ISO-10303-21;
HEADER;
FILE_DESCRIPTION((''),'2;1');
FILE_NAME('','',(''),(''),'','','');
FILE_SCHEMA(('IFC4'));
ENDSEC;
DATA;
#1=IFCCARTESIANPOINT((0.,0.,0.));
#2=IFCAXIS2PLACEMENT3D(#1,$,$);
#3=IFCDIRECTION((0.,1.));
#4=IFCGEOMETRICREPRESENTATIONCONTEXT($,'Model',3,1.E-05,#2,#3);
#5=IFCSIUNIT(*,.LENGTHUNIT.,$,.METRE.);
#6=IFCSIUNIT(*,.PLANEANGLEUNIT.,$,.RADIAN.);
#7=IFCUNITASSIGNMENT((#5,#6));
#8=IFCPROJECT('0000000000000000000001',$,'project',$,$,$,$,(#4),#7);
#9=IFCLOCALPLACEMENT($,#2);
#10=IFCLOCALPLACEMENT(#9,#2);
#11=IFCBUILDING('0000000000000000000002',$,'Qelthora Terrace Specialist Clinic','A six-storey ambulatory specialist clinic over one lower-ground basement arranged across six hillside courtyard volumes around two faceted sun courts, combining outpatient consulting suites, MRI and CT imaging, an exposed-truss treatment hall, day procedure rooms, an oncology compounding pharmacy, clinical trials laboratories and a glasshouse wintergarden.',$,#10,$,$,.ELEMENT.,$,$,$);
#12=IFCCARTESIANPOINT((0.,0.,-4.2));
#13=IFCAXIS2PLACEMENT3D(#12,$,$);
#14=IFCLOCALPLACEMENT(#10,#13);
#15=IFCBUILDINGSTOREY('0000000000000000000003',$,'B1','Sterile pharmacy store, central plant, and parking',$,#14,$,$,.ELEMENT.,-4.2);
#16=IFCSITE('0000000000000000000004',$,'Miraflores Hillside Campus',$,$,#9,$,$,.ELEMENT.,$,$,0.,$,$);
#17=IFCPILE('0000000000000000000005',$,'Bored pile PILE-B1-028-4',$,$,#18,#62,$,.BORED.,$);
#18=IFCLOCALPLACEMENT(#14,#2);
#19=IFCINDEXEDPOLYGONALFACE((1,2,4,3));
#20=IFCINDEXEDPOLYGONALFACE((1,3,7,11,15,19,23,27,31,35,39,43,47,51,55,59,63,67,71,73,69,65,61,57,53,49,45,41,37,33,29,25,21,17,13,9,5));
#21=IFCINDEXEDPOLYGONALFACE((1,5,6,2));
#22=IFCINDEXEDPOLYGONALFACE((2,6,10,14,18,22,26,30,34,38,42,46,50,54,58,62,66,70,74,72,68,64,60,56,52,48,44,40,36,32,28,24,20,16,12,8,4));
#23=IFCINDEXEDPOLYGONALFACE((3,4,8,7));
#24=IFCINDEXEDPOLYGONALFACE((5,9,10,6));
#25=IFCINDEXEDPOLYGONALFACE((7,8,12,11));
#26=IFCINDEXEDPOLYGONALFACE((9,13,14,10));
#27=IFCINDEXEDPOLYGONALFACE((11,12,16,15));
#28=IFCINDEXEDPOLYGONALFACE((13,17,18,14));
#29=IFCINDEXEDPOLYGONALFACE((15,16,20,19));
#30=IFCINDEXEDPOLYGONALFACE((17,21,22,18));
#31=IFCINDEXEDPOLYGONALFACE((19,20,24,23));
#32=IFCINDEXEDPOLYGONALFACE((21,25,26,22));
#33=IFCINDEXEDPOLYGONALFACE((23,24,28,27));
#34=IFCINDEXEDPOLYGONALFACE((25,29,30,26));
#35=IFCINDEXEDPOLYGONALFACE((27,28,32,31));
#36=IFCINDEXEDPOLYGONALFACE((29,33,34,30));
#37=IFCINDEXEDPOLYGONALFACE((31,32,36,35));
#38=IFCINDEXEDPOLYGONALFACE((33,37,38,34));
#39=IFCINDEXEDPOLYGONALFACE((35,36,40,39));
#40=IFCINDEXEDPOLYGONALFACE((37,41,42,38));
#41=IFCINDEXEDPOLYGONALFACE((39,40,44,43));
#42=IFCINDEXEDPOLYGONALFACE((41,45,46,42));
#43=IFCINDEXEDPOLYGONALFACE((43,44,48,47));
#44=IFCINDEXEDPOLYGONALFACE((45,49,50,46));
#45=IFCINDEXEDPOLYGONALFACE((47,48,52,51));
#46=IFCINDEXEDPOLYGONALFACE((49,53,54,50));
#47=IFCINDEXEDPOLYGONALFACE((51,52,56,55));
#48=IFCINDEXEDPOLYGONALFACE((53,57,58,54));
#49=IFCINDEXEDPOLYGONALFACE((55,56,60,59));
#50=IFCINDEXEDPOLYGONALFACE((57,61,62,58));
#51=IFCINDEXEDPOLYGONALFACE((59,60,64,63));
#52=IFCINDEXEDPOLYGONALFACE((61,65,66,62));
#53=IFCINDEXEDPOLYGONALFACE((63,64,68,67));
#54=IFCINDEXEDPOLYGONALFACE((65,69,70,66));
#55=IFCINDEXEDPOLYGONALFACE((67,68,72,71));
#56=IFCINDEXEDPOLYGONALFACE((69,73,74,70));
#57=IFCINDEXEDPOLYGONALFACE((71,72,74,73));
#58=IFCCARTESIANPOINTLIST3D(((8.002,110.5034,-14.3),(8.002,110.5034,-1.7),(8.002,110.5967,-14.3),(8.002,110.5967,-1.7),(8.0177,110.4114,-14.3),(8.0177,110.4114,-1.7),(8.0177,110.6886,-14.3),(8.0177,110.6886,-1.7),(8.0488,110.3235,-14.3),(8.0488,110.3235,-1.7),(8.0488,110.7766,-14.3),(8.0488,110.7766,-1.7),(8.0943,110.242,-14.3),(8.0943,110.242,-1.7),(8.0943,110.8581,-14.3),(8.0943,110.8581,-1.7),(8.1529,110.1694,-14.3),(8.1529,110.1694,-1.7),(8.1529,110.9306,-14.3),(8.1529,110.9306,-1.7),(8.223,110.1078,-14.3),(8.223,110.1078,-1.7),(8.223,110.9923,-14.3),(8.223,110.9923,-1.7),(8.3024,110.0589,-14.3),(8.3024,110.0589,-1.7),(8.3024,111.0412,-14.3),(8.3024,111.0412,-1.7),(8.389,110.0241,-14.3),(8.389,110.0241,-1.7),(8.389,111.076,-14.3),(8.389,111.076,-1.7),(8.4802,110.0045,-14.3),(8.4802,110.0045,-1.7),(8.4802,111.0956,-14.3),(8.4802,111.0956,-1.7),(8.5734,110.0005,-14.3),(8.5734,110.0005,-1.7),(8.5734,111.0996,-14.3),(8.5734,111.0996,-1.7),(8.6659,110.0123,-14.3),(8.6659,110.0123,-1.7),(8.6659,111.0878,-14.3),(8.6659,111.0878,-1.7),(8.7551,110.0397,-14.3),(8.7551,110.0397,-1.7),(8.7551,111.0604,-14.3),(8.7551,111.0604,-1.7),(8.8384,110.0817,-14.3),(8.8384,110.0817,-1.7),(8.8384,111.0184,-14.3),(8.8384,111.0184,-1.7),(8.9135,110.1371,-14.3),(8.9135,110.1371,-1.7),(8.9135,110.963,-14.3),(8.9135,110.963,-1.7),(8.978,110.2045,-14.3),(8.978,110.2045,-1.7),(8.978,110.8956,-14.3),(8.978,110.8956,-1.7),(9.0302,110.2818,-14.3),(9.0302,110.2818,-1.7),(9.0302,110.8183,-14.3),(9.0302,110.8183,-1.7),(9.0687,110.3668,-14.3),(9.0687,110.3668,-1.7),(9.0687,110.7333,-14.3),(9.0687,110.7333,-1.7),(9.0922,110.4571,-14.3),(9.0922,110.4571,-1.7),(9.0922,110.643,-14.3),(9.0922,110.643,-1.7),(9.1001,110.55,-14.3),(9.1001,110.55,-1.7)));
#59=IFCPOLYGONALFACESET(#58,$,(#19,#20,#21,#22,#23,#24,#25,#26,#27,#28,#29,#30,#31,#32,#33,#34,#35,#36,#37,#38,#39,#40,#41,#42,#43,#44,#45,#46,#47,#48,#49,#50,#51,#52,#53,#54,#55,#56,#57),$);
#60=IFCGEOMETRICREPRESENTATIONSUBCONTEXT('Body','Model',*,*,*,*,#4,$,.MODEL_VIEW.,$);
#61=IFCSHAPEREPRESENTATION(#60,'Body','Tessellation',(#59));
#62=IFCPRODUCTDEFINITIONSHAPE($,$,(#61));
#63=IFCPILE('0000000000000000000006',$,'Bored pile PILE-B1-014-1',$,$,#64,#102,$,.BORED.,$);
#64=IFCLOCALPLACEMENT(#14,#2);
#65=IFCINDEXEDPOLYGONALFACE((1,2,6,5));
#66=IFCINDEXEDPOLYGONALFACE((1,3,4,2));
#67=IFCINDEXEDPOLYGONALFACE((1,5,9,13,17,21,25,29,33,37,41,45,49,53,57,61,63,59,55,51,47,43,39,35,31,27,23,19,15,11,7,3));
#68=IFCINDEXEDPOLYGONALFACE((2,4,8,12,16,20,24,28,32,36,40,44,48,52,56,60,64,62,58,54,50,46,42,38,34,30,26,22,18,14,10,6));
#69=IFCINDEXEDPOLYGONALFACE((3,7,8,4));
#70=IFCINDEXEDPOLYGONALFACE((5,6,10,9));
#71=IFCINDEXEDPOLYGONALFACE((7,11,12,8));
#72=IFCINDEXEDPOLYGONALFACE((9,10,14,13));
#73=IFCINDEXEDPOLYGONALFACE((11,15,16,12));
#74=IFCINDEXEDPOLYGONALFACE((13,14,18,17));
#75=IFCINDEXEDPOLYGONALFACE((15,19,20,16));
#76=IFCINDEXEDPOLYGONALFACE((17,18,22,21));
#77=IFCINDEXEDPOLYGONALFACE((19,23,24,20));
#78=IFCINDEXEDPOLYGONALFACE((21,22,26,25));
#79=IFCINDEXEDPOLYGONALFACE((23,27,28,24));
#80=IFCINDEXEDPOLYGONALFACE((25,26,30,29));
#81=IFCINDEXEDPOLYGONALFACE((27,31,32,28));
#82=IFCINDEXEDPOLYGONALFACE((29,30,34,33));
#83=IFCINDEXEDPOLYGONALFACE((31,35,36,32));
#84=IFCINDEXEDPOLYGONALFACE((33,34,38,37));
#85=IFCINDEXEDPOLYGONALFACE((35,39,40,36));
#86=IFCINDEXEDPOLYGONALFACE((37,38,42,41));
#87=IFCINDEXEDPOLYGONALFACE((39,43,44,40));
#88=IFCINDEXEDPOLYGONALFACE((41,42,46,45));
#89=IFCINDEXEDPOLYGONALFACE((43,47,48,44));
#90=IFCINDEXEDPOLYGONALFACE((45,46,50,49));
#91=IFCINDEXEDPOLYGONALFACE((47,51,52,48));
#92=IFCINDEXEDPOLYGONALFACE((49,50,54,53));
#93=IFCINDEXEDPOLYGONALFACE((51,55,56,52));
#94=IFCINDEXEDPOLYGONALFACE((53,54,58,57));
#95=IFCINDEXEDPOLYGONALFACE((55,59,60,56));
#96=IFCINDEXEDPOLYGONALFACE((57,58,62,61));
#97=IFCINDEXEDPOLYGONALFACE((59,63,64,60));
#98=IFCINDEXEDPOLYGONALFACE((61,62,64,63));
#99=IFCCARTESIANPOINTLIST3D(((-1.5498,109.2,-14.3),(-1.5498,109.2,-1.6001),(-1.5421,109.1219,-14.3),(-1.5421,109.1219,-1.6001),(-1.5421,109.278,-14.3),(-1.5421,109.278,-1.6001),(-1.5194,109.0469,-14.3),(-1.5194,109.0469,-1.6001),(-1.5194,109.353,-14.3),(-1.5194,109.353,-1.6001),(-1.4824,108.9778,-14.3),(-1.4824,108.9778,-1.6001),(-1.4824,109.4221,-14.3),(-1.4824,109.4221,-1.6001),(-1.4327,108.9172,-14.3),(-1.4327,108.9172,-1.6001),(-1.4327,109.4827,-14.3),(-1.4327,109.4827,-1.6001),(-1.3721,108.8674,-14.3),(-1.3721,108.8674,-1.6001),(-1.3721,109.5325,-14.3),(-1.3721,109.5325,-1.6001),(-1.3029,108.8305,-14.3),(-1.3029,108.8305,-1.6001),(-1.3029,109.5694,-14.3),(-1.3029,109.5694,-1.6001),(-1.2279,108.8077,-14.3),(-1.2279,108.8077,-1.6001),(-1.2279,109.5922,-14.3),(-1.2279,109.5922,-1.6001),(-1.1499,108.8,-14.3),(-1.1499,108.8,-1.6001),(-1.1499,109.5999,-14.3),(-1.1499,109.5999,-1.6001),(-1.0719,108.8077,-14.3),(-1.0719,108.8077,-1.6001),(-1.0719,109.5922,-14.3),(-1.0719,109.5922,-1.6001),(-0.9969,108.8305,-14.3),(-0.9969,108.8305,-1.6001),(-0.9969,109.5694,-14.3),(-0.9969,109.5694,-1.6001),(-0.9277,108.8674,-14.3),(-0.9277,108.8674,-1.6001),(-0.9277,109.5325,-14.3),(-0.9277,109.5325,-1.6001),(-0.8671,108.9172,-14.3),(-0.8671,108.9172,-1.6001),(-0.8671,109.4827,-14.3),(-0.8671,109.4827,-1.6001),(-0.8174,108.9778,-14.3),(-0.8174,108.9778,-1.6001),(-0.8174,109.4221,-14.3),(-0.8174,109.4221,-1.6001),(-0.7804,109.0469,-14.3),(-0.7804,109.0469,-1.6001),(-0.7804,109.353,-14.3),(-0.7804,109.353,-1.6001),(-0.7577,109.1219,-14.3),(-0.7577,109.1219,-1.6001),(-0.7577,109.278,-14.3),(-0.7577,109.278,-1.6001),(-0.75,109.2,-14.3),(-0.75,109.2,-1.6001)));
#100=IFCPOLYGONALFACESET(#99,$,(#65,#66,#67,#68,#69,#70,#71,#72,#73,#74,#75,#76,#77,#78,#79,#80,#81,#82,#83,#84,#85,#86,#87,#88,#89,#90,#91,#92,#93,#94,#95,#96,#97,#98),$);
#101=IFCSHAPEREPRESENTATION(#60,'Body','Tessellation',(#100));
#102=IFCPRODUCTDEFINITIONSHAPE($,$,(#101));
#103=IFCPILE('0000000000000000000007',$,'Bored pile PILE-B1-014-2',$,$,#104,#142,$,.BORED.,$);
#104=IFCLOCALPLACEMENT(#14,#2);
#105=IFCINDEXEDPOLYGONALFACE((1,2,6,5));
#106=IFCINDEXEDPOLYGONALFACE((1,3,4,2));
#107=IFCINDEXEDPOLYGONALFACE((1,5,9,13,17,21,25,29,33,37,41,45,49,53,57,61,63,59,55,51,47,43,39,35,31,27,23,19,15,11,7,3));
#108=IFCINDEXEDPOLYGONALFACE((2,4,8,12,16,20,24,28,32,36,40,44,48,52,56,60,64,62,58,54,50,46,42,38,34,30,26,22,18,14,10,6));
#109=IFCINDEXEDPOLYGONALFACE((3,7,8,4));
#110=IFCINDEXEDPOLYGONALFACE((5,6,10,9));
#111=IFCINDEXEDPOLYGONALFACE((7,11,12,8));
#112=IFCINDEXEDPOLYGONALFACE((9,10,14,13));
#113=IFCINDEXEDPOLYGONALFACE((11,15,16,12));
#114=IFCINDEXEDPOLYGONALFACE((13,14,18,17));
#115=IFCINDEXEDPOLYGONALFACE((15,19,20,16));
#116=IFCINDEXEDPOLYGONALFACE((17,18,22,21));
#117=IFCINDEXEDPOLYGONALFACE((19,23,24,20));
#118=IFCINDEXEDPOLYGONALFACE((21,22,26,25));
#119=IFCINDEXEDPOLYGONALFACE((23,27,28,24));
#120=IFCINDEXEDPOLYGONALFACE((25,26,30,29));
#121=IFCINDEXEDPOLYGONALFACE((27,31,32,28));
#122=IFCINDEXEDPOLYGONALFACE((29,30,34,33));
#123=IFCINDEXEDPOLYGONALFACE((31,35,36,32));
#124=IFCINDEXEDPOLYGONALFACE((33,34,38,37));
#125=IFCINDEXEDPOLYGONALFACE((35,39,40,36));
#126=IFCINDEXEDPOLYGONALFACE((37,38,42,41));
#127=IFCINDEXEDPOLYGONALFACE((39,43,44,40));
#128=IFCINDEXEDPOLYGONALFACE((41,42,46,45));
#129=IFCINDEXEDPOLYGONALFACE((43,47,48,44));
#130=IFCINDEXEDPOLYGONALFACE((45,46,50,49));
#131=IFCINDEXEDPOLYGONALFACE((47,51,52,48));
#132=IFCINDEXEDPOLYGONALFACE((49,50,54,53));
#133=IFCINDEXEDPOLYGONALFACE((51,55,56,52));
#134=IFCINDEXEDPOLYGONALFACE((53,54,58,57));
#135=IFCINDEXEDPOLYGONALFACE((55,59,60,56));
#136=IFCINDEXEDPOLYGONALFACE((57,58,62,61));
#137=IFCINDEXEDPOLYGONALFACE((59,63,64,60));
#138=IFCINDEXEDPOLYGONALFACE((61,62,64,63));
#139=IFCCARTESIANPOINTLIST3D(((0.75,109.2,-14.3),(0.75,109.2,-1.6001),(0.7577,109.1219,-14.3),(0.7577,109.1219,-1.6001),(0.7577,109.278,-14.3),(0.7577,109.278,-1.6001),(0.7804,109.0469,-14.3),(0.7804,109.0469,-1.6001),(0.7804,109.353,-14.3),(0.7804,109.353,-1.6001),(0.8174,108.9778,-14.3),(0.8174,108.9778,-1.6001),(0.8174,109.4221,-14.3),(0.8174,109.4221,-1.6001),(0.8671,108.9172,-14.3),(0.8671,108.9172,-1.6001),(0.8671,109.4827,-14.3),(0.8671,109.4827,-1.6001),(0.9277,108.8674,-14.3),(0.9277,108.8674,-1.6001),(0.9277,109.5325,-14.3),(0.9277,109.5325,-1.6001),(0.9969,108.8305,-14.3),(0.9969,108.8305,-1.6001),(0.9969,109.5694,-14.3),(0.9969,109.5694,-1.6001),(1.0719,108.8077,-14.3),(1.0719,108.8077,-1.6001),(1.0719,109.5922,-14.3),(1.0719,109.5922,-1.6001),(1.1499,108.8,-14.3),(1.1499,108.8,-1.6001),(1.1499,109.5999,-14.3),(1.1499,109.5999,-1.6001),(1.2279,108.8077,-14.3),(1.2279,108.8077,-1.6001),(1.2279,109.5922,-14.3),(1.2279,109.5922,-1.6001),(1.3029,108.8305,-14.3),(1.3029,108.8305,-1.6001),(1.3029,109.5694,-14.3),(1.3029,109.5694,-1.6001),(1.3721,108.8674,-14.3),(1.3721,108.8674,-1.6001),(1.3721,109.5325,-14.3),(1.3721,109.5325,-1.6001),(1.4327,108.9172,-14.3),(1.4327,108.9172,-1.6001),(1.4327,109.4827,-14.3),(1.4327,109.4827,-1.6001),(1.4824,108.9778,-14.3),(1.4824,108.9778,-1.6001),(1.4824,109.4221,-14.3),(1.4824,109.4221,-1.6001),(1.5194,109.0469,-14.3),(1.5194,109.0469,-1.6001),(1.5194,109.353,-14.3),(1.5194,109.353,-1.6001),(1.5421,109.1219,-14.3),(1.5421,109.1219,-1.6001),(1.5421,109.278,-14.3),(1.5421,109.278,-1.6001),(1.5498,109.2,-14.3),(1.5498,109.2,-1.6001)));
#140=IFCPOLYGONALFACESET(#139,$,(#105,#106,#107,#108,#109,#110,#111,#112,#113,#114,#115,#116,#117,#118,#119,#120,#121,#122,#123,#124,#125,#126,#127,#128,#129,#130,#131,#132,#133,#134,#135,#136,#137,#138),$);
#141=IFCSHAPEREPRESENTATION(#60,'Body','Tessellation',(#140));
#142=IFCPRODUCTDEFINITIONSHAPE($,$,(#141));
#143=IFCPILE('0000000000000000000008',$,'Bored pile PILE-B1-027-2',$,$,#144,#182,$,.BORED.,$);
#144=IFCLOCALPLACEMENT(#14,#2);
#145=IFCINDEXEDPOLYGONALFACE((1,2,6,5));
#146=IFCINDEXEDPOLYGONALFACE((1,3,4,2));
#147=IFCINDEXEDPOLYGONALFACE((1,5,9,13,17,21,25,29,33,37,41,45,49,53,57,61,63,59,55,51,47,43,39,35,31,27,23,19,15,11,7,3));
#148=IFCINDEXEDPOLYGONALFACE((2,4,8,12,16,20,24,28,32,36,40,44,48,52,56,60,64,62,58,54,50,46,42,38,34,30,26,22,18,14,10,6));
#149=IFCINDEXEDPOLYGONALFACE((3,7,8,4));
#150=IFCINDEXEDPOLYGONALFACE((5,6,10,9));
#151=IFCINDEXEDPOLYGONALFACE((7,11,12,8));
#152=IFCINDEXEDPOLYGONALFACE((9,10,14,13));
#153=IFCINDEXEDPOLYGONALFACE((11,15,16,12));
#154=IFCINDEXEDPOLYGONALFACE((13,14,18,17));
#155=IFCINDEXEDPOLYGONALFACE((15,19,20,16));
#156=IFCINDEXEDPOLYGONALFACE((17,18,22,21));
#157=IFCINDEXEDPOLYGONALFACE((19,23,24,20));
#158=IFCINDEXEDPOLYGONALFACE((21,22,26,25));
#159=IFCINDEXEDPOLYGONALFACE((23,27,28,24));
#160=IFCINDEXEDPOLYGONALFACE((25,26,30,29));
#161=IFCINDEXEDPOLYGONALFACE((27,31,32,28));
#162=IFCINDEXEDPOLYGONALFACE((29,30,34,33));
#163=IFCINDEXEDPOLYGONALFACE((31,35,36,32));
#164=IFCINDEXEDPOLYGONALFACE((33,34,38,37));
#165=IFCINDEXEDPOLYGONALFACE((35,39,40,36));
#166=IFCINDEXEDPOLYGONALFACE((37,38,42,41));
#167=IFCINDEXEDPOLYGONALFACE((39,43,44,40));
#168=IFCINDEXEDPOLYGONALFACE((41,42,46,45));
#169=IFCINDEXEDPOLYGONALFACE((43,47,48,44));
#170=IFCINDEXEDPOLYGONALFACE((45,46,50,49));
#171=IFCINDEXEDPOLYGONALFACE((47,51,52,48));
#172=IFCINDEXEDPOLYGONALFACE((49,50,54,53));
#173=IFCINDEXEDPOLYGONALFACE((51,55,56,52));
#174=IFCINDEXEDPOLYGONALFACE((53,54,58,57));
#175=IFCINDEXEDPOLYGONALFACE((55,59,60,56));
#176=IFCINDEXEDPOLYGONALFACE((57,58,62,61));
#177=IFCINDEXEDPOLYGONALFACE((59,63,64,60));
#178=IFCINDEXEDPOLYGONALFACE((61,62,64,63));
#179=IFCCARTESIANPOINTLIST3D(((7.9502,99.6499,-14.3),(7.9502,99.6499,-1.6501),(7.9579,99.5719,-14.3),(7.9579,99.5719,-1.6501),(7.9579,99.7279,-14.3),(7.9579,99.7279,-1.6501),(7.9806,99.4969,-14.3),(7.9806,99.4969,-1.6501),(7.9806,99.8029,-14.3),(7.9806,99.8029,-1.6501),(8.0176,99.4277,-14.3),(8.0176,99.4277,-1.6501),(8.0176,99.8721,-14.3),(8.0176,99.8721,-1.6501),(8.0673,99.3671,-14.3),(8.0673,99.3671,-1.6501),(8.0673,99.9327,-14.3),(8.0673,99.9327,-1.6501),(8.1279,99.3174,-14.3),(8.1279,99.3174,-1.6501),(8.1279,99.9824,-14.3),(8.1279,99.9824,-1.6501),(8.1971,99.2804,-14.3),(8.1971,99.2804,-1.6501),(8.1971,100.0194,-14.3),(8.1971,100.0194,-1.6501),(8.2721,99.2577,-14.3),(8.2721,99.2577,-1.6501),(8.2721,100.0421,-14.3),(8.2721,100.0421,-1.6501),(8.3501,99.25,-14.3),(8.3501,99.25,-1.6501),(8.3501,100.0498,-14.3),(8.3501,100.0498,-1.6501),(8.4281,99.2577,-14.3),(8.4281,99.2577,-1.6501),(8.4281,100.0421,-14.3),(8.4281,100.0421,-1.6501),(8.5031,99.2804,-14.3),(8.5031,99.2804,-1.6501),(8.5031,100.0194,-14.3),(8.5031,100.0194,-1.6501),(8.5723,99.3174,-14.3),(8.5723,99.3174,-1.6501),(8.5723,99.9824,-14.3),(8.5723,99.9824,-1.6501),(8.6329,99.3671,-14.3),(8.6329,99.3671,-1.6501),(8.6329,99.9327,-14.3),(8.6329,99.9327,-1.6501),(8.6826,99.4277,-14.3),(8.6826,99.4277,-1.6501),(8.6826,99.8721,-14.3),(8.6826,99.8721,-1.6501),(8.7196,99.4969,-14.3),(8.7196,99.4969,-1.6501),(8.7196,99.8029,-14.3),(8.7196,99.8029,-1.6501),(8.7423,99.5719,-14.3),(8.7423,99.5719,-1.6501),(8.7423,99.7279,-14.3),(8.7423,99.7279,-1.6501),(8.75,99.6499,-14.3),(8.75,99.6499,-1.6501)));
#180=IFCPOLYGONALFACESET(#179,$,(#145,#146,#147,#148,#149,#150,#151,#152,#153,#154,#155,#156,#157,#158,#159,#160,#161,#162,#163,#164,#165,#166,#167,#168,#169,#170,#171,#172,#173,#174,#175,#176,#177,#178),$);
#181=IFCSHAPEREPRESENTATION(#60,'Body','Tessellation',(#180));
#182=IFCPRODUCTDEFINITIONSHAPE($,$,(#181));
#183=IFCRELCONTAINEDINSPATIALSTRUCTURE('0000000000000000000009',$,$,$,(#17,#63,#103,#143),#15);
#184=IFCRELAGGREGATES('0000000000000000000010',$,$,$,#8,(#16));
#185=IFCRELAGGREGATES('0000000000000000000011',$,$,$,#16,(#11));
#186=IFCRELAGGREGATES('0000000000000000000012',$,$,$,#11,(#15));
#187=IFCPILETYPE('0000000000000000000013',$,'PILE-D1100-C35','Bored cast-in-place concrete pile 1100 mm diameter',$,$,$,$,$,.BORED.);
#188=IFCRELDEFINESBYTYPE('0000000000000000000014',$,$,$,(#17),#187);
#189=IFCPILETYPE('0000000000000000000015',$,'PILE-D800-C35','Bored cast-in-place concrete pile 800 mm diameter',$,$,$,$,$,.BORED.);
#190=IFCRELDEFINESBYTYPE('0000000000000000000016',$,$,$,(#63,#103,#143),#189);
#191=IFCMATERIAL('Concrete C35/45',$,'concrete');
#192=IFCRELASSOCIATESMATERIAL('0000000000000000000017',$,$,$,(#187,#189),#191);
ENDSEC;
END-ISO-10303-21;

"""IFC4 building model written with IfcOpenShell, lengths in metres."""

from ifc_helpers import new_model, si_unit, direction, frame, origin, origin_2d, place, context, subcontext, project, spatial, circle, extrude, material, material_profile, profile_set, type_object, element, save


model = new_model("IFC4")

# Units and contexts
model_context = context("Model", 3, precision=1e-05, world=origin(), true_north=direction((0.0, 1.0)))
body_context = subcontext(model_context, "Body", "Model", "MODEL_VIEW")
ifc_project = project(units=[si_unit("LENGTHUNIT", "METRE"), si_unit("PLANEANGLEUNIT", "RADIAN")], contexts=[model_context])

# Site, building, storey
site_placement = place(None, origin())
site = spatial("IfcSite", under=ifc_project, at=site_placement, Name="Miraflores Hillside Campus", CompositionType="ELEMENT", RefElevation=0.0)
building_placement = place(site_placement, origin())
building = spatial("IfcBuilding", under=site, at=building_placement, Name="Qelthora Terrace Specialist Clinic", Description="A six-storey ambulatory specialist clinic over one lower-ground basement arranged across six hillside courtyard volumes around two faceted sun courts, combining outpatient consulting suites, MRI and CT imaging, an exposed-truss treatment hall, day procedure rooms, an oncology compounding pharmacy, clinical trials laboratories and a glasshouse wintergarden.", CompositionType="ELEMENT")
storey_placement = place(building_placement, frame((0.0, 0.0, -4.2)))
storey = spatial("IfcBuildingStorey", under=building, at=storey_placement, Name="B1", Description="Sterile pharmacy store, central plant, and parking", CompositionType="ELEMENT", Elevation=-4.2)

# Shared definitions
ifc_material_1 = material(Name="Concrete C35/45", Category="concrete")

# Piles
ifc_material_profile_1 = material_profile(ifc_material_1, circle(Radius=0.55, at=origin_2d()), Name="PILE1100")
ifc_profile_set_1 = profile_set([ifc_material_profile_1], Name="Concrete C35/45")
pile_type_1 = type_object("IfcPileType", Name="PILE-D1100-C35", Description="Bored cast-in-place concrete pile 1100 mm diameter", PredefinedType="BORED", material=ifc_profile_set_1)
for number, where, z_axis, x_axis, name in (
    (1, (8.55, 110.55, -1.7), (0.0, 0.0, -1.0), (1.0, 0.0, 0.0), "Bored pile PILE-B1-028-4"),
):
    element("IfcPile", number, at=place(storey_placement, frame(where, z_axis=z_axis, x_axis=x_axis)), inside=storey, type_object=pile_type_1, Name=name, PredefinedType="BORED", context=body_context, shape_type="SweptSolid", body=[
        extrude(circle(Radius=0.55, at=origin_2d()), origin(), (0.0, 0.0, 1.0), 12.6001),
    ])
ifc_material_profile_2 = material_profile(ifc_material_1, circle(Radius=0.3999, at=origin_2d()), Name="PILE800")
ifc_profile_set_2 = profile_set([ifc_material_profile_2], Name="Concrete C35/45")
pile_type_2 = type_object("IfcPileType", Name="PILE-D800-C35", Description="Bored cast-in-place concrete pile 800 mm diameter", PredefinedType="BORED", material=ifc_profile_set_2)
for number, where, z_axis, x_axis, name in (
    (2, (-1.1499, 109.2, -1.6001), (0.0, 0.0, -1.0), (1.0, 0.0, 0.0), "Bored pile PILE-B1-014-1"),
    (3, (1.1499, 109.2, -1.6001), (0.0, 0.0, -1.0), (1.0, 0.0, 0.0), "Bored pile PILE-B1-014-2"),
):
    element("IfcPile", number, at=place(storey_placement, frame(where, z_axis=z_axis, x_axis=x_axis)), inside=storey, type_object=pile_type_2, Name=name, PredefinedType="BORED", context=body_context, shape_type="SweptSolid", body=[
        extrude(circle(Radius=0.3999, at=origin_2d()), origin(), (0.0, 0.0, 1.0), 12.7),
    ])
for number, where, z_axis, x_axis, name in (
    (4, (8.3501, 99.6499, -1.6501), (0.0, 0.0, -1.0), (1.0, 0.0, 0.0), "Bored pile PILE-B1-027-2"),
):
    element("IfcPile", number, at=place(storey_placement, frame(where, z_axis=z_axis, x_axis=x_axis)), inside=storey, type_object=pile_type_2, Name=name, PredefinedType="BORED", context=body_context, shape_type="SweptSolid", body=[
        extrude(circle(Radius=0.3999, at=origin_2d()), origin(), (0.0, 0.0, 1.0), 12.6499),
    ])

save(model, "model.ifc")
